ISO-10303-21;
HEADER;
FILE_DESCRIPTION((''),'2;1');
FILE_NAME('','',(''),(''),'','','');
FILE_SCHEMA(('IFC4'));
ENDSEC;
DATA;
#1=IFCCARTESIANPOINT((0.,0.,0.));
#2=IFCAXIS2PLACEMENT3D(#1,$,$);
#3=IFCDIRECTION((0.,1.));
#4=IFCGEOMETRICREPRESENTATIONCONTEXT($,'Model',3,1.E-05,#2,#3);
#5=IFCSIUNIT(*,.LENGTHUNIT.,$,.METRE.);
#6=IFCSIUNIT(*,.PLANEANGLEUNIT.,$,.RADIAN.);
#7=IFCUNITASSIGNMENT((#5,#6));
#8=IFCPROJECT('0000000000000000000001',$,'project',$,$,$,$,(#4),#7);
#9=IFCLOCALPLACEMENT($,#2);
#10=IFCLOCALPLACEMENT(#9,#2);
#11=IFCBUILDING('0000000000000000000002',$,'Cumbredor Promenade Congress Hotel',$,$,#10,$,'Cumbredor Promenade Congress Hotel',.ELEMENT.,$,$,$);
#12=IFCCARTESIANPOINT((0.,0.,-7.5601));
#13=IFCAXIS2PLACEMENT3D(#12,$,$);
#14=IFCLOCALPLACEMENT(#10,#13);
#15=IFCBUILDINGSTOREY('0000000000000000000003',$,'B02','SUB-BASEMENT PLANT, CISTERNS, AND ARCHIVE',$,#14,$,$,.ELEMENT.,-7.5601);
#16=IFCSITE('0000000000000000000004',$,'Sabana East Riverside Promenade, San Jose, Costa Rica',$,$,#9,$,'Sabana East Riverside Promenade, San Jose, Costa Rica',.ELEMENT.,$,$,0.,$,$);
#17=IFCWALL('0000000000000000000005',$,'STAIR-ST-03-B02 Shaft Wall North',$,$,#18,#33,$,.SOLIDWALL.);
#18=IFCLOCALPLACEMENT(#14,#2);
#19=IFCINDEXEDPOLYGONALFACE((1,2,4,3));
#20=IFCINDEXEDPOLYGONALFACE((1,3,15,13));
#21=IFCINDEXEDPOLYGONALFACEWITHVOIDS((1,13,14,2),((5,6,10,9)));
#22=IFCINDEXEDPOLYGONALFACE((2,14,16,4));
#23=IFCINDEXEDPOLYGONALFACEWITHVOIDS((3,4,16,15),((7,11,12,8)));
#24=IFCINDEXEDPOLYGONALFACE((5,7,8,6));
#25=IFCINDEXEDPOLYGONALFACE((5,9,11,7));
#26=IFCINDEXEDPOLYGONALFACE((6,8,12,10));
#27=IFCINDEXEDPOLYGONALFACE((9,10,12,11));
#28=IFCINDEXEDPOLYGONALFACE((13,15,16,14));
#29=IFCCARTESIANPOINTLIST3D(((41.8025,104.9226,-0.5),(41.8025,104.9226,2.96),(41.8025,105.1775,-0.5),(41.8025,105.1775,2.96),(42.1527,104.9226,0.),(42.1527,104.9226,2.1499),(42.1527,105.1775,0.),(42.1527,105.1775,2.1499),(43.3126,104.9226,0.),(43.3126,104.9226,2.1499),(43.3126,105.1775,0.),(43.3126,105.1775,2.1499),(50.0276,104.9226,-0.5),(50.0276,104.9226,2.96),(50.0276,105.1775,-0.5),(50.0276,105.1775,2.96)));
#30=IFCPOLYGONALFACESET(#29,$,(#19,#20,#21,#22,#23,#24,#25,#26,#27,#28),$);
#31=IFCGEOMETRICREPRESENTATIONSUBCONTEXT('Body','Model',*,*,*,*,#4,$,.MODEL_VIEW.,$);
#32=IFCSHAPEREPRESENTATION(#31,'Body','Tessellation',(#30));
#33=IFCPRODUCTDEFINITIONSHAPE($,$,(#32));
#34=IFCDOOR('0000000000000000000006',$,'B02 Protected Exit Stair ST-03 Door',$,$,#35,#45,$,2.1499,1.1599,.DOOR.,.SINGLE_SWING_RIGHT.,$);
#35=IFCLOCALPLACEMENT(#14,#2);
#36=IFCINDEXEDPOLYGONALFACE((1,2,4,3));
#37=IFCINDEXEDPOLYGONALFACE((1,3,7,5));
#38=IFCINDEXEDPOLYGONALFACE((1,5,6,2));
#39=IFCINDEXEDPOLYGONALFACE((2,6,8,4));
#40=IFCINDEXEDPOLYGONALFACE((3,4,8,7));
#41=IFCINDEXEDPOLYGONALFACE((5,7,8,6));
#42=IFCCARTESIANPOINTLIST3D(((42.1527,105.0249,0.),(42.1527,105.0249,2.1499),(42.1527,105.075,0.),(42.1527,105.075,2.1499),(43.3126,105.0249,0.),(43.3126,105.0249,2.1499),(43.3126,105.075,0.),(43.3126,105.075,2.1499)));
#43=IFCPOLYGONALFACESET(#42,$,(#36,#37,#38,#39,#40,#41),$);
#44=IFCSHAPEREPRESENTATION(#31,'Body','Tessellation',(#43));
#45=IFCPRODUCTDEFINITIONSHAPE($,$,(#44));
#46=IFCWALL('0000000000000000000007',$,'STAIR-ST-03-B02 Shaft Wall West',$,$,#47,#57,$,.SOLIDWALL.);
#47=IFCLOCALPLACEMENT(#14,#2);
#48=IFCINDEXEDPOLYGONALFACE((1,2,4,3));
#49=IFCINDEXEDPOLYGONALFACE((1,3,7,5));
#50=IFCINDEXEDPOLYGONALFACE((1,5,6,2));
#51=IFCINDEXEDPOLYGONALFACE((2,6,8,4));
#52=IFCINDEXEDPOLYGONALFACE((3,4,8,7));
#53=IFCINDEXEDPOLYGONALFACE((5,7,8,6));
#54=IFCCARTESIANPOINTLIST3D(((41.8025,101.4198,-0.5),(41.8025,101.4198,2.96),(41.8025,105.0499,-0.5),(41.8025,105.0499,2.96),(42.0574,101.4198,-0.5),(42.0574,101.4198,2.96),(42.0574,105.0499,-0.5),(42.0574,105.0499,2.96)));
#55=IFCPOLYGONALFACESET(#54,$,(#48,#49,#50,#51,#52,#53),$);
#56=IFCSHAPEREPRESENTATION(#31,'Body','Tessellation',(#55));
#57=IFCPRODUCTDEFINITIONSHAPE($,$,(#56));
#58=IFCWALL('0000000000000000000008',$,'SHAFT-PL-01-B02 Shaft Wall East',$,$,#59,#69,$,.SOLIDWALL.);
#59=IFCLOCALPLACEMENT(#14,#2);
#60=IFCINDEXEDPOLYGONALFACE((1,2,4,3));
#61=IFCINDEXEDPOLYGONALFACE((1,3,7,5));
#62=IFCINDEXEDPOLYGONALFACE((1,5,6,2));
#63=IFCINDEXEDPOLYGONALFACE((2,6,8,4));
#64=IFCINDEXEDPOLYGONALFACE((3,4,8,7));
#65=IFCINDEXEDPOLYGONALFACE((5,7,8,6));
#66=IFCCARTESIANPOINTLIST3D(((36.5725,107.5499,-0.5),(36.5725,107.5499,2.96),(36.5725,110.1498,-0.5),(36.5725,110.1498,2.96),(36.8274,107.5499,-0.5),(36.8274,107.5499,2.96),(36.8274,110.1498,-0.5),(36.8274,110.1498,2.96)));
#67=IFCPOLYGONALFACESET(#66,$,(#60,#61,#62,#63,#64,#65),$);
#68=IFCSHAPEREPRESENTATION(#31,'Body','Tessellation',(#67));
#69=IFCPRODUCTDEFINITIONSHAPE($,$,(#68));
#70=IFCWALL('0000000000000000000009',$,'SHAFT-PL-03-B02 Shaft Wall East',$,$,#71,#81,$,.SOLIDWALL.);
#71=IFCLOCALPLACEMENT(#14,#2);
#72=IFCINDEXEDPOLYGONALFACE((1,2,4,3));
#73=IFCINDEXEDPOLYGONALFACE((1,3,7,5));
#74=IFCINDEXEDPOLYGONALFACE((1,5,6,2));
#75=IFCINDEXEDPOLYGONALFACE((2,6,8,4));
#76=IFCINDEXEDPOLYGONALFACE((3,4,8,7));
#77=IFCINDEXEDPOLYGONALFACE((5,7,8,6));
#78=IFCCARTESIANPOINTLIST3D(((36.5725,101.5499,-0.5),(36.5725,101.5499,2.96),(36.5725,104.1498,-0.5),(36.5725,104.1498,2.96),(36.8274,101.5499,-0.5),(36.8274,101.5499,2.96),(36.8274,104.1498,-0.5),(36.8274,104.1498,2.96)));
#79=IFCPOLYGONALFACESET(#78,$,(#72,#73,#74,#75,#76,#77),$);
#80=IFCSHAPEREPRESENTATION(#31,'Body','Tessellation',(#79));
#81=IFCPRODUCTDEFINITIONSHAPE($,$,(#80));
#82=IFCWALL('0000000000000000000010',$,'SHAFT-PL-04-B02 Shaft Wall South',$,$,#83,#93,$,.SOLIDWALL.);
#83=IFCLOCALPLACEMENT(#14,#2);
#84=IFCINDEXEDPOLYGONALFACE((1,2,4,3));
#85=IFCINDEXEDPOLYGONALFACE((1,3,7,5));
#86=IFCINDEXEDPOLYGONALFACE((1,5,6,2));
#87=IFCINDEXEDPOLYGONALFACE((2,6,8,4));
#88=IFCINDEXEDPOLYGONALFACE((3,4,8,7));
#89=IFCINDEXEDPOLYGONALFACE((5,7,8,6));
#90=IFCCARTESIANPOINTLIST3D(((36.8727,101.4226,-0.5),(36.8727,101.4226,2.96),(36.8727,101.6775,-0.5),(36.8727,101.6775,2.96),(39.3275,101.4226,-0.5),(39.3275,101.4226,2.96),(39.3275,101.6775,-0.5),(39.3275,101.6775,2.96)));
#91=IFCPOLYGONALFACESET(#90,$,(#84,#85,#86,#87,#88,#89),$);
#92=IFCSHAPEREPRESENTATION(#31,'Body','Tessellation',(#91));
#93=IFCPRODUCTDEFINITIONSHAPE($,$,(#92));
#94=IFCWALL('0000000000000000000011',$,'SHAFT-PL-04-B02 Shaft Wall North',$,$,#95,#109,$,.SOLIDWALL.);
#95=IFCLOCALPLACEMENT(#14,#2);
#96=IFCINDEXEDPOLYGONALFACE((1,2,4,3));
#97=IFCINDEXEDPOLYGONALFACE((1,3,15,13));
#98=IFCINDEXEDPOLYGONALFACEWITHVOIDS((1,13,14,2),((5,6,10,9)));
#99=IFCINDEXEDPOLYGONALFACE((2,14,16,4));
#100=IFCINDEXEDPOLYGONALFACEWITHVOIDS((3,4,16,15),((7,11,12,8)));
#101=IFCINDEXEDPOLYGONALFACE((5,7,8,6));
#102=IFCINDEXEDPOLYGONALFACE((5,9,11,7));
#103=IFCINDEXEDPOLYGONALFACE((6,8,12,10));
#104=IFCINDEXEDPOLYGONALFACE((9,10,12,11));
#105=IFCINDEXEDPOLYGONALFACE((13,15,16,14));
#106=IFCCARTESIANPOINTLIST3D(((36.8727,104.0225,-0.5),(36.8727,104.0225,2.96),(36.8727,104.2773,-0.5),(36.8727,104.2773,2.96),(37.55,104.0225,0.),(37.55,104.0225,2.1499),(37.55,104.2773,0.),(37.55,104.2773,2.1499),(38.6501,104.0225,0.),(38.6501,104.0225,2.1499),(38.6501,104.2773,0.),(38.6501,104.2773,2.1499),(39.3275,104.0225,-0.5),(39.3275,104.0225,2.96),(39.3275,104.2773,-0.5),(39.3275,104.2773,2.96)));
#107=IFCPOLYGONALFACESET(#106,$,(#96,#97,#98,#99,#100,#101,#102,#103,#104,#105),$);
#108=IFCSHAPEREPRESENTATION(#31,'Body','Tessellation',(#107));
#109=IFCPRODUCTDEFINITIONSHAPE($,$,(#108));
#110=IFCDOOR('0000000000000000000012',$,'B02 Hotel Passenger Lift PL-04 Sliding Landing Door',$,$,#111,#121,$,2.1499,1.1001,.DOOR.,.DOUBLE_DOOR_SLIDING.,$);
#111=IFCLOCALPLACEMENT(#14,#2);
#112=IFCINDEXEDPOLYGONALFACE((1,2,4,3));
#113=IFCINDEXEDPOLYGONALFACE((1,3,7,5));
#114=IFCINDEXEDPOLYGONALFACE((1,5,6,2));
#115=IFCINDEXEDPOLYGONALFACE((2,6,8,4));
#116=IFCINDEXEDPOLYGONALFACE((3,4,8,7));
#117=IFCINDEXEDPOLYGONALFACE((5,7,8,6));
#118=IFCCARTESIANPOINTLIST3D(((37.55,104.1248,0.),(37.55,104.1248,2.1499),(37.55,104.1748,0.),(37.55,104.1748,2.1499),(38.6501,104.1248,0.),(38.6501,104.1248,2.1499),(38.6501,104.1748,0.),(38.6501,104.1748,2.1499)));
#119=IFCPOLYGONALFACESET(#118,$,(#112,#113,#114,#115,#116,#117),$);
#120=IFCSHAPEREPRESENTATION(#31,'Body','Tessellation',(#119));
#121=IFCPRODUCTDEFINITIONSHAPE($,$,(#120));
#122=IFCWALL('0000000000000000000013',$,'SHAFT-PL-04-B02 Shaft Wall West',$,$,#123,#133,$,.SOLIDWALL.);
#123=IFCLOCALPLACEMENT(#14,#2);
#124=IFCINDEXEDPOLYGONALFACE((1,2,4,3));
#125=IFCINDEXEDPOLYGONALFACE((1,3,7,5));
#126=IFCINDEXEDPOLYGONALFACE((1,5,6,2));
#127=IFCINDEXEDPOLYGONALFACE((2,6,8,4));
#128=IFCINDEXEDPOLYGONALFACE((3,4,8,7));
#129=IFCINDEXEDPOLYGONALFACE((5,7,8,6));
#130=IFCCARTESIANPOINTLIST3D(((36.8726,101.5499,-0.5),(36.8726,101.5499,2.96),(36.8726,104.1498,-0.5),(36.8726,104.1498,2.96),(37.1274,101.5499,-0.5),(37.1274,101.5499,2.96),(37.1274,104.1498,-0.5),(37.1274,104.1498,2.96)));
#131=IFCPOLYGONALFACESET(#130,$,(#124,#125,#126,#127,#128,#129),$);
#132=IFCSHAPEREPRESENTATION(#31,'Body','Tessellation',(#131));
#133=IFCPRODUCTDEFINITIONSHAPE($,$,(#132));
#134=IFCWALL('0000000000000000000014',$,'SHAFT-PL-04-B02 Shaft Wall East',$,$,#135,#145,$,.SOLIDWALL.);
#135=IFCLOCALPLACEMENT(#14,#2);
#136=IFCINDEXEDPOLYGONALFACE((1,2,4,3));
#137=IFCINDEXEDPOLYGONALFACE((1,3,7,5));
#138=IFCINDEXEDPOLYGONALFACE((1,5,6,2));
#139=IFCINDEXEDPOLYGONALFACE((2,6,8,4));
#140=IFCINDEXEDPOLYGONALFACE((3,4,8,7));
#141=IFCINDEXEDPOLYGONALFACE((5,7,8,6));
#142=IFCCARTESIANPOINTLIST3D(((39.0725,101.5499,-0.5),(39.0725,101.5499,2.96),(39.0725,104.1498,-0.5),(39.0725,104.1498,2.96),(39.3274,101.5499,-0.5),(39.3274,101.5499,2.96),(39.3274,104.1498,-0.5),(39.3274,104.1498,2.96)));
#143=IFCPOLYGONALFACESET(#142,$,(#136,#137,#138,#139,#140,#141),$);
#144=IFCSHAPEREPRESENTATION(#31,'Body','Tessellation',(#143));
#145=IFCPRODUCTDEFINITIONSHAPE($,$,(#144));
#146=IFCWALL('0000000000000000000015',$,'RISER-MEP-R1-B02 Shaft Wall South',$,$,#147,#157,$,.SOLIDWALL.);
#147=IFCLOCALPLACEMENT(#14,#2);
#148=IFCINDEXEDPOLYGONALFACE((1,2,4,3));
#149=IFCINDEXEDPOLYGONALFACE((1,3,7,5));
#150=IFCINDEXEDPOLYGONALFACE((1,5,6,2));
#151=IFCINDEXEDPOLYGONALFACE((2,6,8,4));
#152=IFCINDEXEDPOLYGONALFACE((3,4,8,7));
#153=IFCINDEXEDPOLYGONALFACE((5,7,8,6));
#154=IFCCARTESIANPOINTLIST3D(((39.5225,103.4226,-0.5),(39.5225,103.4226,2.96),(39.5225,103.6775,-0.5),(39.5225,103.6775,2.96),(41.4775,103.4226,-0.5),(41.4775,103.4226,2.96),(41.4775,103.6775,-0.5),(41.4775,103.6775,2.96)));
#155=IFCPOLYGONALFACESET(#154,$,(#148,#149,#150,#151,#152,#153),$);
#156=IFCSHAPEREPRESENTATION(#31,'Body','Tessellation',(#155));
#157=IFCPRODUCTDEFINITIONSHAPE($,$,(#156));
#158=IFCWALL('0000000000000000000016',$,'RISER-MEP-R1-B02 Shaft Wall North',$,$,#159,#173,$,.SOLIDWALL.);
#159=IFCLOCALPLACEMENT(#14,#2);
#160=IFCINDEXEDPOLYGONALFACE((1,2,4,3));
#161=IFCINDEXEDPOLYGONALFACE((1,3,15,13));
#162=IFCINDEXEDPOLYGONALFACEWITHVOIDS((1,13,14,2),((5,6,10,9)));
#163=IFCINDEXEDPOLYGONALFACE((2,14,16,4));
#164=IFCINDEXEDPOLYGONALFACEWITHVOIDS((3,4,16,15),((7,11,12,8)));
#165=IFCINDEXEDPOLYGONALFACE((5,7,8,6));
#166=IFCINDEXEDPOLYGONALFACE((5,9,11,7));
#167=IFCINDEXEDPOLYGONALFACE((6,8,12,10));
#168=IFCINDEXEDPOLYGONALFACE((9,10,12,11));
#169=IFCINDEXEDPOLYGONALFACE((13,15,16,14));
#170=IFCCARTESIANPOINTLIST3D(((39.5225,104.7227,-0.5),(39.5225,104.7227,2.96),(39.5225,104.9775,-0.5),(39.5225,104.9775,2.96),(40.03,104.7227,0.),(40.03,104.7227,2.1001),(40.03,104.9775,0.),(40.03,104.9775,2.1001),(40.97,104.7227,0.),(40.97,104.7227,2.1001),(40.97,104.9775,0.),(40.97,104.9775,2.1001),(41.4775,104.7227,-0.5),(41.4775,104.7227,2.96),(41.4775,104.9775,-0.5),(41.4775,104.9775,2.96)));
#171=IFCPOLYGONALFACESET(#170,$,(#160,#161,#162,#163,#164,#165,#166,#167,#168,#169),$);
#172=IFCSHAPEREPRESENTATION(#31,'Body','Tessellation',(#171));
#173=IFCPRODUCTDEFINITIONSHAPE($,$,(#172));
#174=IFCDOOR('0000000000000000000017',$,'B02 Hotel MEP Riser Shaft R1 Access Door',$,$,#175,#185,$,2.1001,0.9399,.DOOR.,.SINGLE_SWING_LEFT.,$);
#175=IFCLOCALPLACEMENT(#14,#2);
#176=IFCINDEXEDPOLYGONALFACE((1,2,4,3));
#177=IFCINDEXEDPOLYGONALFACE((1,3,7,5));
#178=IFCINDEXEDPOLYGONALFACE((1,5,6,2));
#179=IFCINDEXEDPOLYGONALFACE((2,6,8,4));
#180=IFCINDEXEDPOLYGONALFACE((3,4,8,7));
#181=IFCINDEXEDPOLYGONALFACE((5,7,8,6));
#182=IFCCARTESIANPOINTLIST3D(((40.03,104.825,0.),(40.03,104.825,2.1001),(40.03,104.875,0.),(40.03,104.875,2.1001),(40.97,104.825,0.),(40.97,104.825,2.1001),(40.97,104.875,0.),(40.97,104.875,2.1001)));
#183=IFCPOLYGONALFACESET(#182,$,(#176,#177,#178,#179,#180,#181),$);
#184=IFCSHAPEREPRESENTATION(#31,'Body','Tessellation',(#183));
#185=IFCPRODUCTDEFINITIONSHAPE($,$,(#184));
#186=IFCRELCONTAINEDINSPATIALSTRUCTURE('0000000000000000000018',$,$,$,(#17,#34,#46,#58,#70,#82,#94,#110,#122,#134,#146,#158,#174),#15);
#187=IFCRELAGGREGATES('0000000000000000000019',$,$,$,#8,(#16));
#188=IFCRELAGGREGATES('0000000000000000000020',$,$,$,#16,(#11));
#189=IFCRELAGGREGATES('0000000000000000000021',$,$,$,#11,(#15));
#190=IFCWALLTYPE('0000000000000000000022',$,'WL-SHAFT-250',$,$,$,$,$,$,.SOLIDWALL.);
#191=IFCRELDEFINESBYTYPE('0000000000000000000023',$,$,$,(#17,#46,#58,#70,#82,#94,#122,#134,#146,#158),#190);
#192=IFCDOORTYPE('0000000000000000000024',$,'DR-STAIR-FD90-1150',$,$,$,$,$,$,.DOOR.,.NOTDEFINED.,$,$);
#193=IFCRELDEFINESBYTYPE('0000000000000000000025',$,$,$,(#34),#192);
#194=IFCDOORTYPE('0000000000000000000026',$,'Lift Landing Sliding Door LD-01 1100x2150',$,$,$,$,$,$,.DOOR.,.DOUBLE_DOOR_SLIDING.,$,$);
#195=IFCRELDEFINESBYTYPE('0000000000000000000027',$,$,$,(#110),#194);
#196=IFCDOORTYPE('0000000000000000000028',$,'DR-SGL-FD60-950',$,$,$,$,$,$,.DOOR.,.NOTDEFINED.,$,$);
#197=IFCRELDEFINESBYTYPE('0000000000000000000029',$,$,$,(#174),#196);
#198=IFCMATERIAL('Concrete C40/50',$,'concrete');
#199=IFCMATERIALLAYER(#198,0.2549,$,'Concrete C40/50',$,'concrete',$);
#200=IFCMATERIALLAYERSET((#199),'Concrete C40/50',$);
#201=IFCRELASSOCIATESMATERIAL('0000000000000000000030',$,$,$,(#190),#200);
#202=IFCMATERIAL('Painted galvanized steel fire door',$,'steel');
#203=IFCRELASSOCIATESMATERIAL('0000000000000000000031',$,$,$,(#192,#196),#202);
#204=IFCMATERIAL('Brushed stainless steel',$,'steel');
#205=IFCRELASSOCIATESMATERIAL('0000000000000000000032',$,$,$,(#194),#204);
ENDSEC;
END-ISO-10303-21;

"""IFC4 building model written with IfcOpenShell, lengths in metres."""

from ifc_helpers import new_model, si_unit, direction, frame, frame_2d, origin, place, context, subcontext, project, spatial, rectangle, extrude, material, layer, layer_set, type_object, element, fill, save


model = new_model("IFC4")

# Units and contexts
model_context = context("Model", 3, precision=1e-05, world=origin(), true_north=direction((0.0, 1.0)))
body_context = subcontext(model_context, "Body", "Model", "MODEL_VIEW")
ifc_project = project(units=[si_unit("LENGTHUNIT", "METRE"), si_unit("PLANEANGLEUNIT", "RADIAN")], contexts=[model_context])

# Site, building, storey
site_placement = place(None, origin())
site = spatial("IfcSite", under=ifc_project, at=site_placement, Name="Sabana East Riverside Promenade, San Jose, Costa Rica", LongName="Sabana East Riverside Promenade, San Jose, Costa Rica", CompositionType="ELEMENT", RefElevation=0.0)
building_placement = place(site_placement, origin())
building = spatial("IfcBuilding", under=site, at=building_placement, Name="Cumbredor Promenade Congress Hotel", LongName="Cumbredor Promenade Congress Hotel", CompositionType="ELEMENT")
storey_placement = place(building_placement, frame((0.0, 0.0, -7.5601)))
storey = spatial("IfcBuildingStorey", under=building, at=storey_placement, Name="B02", Description="SUB-BASEMENT PLANT, CISTERNS, AND ARCHIVE", CompositionType="ELEMENT", Elevation=-7.5601)

# Shared definitions
ifc_material_1 = material(Name="Concrete C40/50", Category="concrete")

# Shared definitions
ifc_material_2 = material(Name="Painted galvanized steel fire door", Category="steel")

# Shared definitions
ifc_layer_1 = layer(ifc_material_1, 0.2549, Name="Concrete C40/50", Category="concrete")
ifc_layer_set_1 = layer_set([ifc_layer_1], Name="Concrete C40/50")
wall_type_1 = type_object("IfcWallType", Name="WL-SHAFT-250", PredefinedType="SOLIDWALL", material=ifc_layer_set_1)

# Wall, opening, door
wall_1_placement = place(storey_placement, frame((41.8025, 105.05, -0.5), z_axis=(0.0, 0.0, 1.0), x_axis=(1.0, 0.0, 0.0)))
wall_1 = element("IfcWall", 1, at=wall_1_placement, inside=storey, type_object=wall_type_1, Name="STAIR-ST-03-B02 Shaft Wall North", PredefinedType="SOLIDWALL", context=body_context, shape_type="SweptSolid", body=[
    extrude(rectangle(XDim=8.2251, YDim=0.2549, at=frame_2d((4.1125, 0.0))), origin(), (0.0, 0.0, 1.0), 3.46),
])
opening_1_placement = place(wall_1_placement, frame((0.3501, 0.0, 0.5)))
opening_1 = element("IfcOpeningElement", 2, at=opening_1_placement, cuts=wall_1, PredefinedType="OPENING", context=body_context, shape_type="SweptSolid", body=[
    extrude(rectangle(XDim=1.1599, YDim=2.1499, at=frame_2d((0.5801, 1.075))), frame((0.0, 0.1375, 0.0), z_axis=(0.0, -1.0, 0.0), x_axis=(1.0, 0.0, 0.0)), (0.0, 0.0, 1.0), 0.2749),
])
door_type_1 = type_object("IfcDoorType", Name="DR-STAIR-FD90-1150", OperationType="NOTDEFINED", PredefinedType="DOOR", material=ifc_material_2)
door_1_placement = place(opening_1_placement, origin())
door_1 = element("IfcDoor", 3, at=door_1_placement, inside=storey, type_object=door_type_1, Name="B02 Protected Exit Stair ST-03 Door", OperationType="SINGLE_SWING_RIGHT", OverallHeight=2.1499, OverallWidth=1.1599, PredefinedType="DOOR", context=body_context, shape_type="SweptSolid", body=[
    extrude(rectangle(XDim=1.1599, YDim=2.1499, at=frame_2d((0.5801, 1.075))), frame((0.0, 0.0249, 0.0), z_axis=(0.0, -1.0, 0.0), x_axis=(1.0, 0.0, 0.0)), (0.0, 0.0, 1.0), 0.05),
])
fill(opening_1, door_1)

# Walls
wall_2_placement = place(storey_placement, frame((41.9299, 101.4199, -0.5), z_axis=(0.0, 0.0, 1.0), x_axis=(0.0, 1.0, 0.0)))
element("IfcWall", 4, at=wall_2_placement, inside=storey, type_object=wall_type_1, Name="STAIR-ST-03-B02 Shaft Wall West", PredefinedType="SOLIDWALL", context=body_context, shape_type="SweptSolid", body=[
    extrude(rectangle(XDim=3.6301, YDim=0.2549, at=frame_2d((1.8149, 0.0))), origin(), (0.0, 0.0, 1.0), 3.46),
])
for number, where, z_axis, x_axis, name in (
    (5, (36.7, 107.55, -0.5), (0.0, 0.0, 1.0), (0.0, 1.0, 0.0), "SHAFT-PL-01-B02 Shaft Wall East"),
    (6, (36.7, 101.55, -0.5), (0.0, 0.0, 1.0), (0.0, 1.0, 0.0), "SHAFT-PL-03-B02 Shaft Wall East"),
):
    element("IfcWall", number, at=place(storey_placement, frame(where, z_axis=z_axis, x_axis=x_axis)), inside=storey, type_object=wall_type_1, Name=name, PredefinedType="SOLIDWALL", context=body_context, shape_type="SweptSolid", body=[
        extrude(rectangle(XDim=2.5999, YDim=0.2549, at=frame_2d((1.2998, 0.0))), origin(), (0.0, 0.0, 1.0), 3.46),
    ])
wall_3_placement = place(storey_placement, frame((36.8726, 101.55, -0.5), z_axis=(0.0, 0.0, 1.0), x_axis=(1.0, 0.0, 0.0)))
element("IfcWall", 7, at=wall_3_placement, inside=storey, type_object=wall_type_1, Name="SHAFT-PL-04-B02 Shaft Wall South", PredefinedType="SOLIDWALL", context=body_context, shape_type="SweptSolid", body=[
    extrude(rectangle(XDim=2.4548, YDim=0.2549, at=frame_2d((1.2275, 0.0))), origin(), (0.0, 0.0, 1.0), 3.46),
])

# Wall, opening, door
wall_4_placement = place(storey_placement, frame((36.8726, 104.1499, -0.5), z_axis=(0.0, 0.0, 1.0), x_axis=(1.0, 0.0, 0.0)))
wall_4 = element("IfcWall", 8, at=wall_4_placement, inside=storey, type_object=wall_type_1, Name="SHAFT-PL-04-B02 Shaft Wall North", PredefinedType="SOLIDWALL", context=body_context, shape_type="SweptSolid", body=[
    extrude(rectangle(XDim=2.4548, YDim=0.2549, at=frame_2d((1.2275, 0.0))), origin(), (0.0, 0.0, 1.0), 3.46),
])
opening_2_placement = place(wall_4_placement, frame((0.6775, 0.0, 0.5)))
opening_2 = element("IfcOpeningElement", 9, at=opening_2_placement, cuts=wall_4, PredefinedType="OPENING", context=body_context, shape_type="SweptSolid", body=[
    extrude(rectangle(XDim=1.1001, YDim=2.1499, at=frame_2d((0.55, 1.075))), frame((0.0, 0.1375, 0.0), z_axis=(0.0, -1.0, 0.0), x_axis=(1.0, 0.0, 0.0)), (0.0, 0.0, 1.0), 0.2749),
])
ifc_material_3 = material(Name="Brushed stainless steel", Category="steel")
door_type_2 = type_object("IfcDoorType", Name="Lift Landing Sliding Door LD-01 1100x2150", OperationType="DOUBLE_DOOR_SLIDING", PredefinedType="DOOR", material=ifc_material_3)
door_2_placement = place(opening_2_placement, origin())
door_2 = element("IfcDoor", 10, at=door_2_placement, inside=storey, type_object=door_type_2, Name="B02 Hotel Passenger Lift PL-04 Sliding Landing Door", OperationType="DOUBLE_DOOR_SLIDING", OverallHeight=2.1499, OverallWidth=1.1001, PredefinedType="DOOR", context=body_context, shape_type="SweptSolid", body=[
    extrude(rectangle(XDim=1.1001, YDim=2.1499, at=frame_2d((0.55, 1.075))), frame((0.0, 0.0249, 0.0), z_axis=(0.0, -1.0, 0.0), x_axis=(1.0, 0.0, 0.0)), (0.0, 0.0, 1.0), 0.05),
])
fill(opening_2, door_2)

# Walls
for number, where, z_axis, x_axis, name in (
    (11, (37.0, 101.55, -0.5), (0.0, 0.0, 1.0), (0.0, 1.0, 0.0), "SHAFT-PL-04-B02 Shaft Wall West"),
    (12, (39.2, 101.55, -0.5), (0.0, 0.0, 1.0), (0.0, 1.0, 0.0), "SHAFT-PL-04-B02 Shaft Wall East"),
):
    element("IfcWall", number, at=place(storey_placement, frame(where, z_axis=z_axis, x_axis=x_axis)), inside=storey, type_object=wall_type_1, Name=name, PredefinedType="SOLIDWALL", context=body_context, shape_type="SweptSolid", body=[
        extrude(rectangle(XDim=2.5999, YDim=0.2549, at=frame_2d((1.2998, 0.0))), origin(), (0.0, 0.0, 1.0), 3.46),
    ])
wall_5_placement = place(storey_placement, frame((39.5225, 103.55, -0.5), z_axis=(0.0, 0.0, 1.0), x_axis=(1.0, 0.0, 0.0)))
element("IfcWall", 13, at=wall_5_placement, inside=storey, type_object=wall_type_1, Name="RISER-MEP-R1-B02 Shaft Wall South", PredefinedType="SOLIDWALL", context=body_context, shape_type="SweptSolid", body=[
    extrude(rectangle(XDim=1.9551, YDim=0.2549, at=frame_2d((0.9775, 0.0))), origin(), (0.0, 0.0, 1.0), 3.46),
])

# Wall, opening, door
wall_6_placement = place(storey_placement, frame((39.5225, 104.8501, -0.5), z_axis=(0.0, 0.0, 1.0), x_axis=(1.0, 0.0, 0.0)))
wall_6 = element("IfcWall", 14, at=wall_6_placement, inside=storey, type_object=wall_type_1, Name="RISER-MEP-R1-B02 Shaft Wall North", PredefinedType="SOLIDWALL", context=body_context, shape_type="SweptSolid", body=[
    extrude(rectangle(XDim=1.9551, YDim=0.2549, at=frame_2d((0.9775, 0.0))), origin(), (0.0, 0.0, 1.0), 3.46),
])
opening_3_placement = place(wall_6_placement, frame((0.5076, 0.0, 0.5)))
opening_3 = element("IfcOpeningElement", 15, at=opening_3_placement, cuts=wall_6, PredefinedType="OPENING", context=body_context, shape_type="SweptSolid", body=[
    extrude(rectangle(XDim=0.9399, YDim=2.1001, at=frame_2d((0.47, 1.05))), frame((0.0, 0.1375, 0.0), z_axis=(0.0, -1.0, 0.0), x_axis=(1.0, 0.0, 0.0)), (0.0, 0.0, 1.0), 0.2749),
])
door_type_3 = type_object("IfcDoorType", Name="DR-SGL-FD60-950", OperationType="NOTDEFINED", PredefinedType="DOOR", material=ifc_material_2)
door_3_placement = place(opening_3_placement, origin())
door_3 = element("IfcDoor", 16, at=door_3_placement, inside=storey, type_object=door_type_3, Name="B02 Hotel MEP Riser Shaft R1 Access Door", OperationType="SINGLE_SWING_LEFT", OverallHeight=2.1001, OverallWidth=0.9399, PredefinedType="DOOR", context=body_context, shape_type="SweptSolid", body=[
    extrude(rectangle(XDim=0.9399, YDim=2.1001, at=frame_2d((0.47, 1.05))), frame((0.0, 0.0249, 0.0), z_axis=(0.0, -1.0, 0.0), x_axis=(1.0, 0.0, 0.0)), (0.0, 0.0, 1.0), 0.05),
])
fill(opening_3, door_3)

save(model, "model.ifc")
